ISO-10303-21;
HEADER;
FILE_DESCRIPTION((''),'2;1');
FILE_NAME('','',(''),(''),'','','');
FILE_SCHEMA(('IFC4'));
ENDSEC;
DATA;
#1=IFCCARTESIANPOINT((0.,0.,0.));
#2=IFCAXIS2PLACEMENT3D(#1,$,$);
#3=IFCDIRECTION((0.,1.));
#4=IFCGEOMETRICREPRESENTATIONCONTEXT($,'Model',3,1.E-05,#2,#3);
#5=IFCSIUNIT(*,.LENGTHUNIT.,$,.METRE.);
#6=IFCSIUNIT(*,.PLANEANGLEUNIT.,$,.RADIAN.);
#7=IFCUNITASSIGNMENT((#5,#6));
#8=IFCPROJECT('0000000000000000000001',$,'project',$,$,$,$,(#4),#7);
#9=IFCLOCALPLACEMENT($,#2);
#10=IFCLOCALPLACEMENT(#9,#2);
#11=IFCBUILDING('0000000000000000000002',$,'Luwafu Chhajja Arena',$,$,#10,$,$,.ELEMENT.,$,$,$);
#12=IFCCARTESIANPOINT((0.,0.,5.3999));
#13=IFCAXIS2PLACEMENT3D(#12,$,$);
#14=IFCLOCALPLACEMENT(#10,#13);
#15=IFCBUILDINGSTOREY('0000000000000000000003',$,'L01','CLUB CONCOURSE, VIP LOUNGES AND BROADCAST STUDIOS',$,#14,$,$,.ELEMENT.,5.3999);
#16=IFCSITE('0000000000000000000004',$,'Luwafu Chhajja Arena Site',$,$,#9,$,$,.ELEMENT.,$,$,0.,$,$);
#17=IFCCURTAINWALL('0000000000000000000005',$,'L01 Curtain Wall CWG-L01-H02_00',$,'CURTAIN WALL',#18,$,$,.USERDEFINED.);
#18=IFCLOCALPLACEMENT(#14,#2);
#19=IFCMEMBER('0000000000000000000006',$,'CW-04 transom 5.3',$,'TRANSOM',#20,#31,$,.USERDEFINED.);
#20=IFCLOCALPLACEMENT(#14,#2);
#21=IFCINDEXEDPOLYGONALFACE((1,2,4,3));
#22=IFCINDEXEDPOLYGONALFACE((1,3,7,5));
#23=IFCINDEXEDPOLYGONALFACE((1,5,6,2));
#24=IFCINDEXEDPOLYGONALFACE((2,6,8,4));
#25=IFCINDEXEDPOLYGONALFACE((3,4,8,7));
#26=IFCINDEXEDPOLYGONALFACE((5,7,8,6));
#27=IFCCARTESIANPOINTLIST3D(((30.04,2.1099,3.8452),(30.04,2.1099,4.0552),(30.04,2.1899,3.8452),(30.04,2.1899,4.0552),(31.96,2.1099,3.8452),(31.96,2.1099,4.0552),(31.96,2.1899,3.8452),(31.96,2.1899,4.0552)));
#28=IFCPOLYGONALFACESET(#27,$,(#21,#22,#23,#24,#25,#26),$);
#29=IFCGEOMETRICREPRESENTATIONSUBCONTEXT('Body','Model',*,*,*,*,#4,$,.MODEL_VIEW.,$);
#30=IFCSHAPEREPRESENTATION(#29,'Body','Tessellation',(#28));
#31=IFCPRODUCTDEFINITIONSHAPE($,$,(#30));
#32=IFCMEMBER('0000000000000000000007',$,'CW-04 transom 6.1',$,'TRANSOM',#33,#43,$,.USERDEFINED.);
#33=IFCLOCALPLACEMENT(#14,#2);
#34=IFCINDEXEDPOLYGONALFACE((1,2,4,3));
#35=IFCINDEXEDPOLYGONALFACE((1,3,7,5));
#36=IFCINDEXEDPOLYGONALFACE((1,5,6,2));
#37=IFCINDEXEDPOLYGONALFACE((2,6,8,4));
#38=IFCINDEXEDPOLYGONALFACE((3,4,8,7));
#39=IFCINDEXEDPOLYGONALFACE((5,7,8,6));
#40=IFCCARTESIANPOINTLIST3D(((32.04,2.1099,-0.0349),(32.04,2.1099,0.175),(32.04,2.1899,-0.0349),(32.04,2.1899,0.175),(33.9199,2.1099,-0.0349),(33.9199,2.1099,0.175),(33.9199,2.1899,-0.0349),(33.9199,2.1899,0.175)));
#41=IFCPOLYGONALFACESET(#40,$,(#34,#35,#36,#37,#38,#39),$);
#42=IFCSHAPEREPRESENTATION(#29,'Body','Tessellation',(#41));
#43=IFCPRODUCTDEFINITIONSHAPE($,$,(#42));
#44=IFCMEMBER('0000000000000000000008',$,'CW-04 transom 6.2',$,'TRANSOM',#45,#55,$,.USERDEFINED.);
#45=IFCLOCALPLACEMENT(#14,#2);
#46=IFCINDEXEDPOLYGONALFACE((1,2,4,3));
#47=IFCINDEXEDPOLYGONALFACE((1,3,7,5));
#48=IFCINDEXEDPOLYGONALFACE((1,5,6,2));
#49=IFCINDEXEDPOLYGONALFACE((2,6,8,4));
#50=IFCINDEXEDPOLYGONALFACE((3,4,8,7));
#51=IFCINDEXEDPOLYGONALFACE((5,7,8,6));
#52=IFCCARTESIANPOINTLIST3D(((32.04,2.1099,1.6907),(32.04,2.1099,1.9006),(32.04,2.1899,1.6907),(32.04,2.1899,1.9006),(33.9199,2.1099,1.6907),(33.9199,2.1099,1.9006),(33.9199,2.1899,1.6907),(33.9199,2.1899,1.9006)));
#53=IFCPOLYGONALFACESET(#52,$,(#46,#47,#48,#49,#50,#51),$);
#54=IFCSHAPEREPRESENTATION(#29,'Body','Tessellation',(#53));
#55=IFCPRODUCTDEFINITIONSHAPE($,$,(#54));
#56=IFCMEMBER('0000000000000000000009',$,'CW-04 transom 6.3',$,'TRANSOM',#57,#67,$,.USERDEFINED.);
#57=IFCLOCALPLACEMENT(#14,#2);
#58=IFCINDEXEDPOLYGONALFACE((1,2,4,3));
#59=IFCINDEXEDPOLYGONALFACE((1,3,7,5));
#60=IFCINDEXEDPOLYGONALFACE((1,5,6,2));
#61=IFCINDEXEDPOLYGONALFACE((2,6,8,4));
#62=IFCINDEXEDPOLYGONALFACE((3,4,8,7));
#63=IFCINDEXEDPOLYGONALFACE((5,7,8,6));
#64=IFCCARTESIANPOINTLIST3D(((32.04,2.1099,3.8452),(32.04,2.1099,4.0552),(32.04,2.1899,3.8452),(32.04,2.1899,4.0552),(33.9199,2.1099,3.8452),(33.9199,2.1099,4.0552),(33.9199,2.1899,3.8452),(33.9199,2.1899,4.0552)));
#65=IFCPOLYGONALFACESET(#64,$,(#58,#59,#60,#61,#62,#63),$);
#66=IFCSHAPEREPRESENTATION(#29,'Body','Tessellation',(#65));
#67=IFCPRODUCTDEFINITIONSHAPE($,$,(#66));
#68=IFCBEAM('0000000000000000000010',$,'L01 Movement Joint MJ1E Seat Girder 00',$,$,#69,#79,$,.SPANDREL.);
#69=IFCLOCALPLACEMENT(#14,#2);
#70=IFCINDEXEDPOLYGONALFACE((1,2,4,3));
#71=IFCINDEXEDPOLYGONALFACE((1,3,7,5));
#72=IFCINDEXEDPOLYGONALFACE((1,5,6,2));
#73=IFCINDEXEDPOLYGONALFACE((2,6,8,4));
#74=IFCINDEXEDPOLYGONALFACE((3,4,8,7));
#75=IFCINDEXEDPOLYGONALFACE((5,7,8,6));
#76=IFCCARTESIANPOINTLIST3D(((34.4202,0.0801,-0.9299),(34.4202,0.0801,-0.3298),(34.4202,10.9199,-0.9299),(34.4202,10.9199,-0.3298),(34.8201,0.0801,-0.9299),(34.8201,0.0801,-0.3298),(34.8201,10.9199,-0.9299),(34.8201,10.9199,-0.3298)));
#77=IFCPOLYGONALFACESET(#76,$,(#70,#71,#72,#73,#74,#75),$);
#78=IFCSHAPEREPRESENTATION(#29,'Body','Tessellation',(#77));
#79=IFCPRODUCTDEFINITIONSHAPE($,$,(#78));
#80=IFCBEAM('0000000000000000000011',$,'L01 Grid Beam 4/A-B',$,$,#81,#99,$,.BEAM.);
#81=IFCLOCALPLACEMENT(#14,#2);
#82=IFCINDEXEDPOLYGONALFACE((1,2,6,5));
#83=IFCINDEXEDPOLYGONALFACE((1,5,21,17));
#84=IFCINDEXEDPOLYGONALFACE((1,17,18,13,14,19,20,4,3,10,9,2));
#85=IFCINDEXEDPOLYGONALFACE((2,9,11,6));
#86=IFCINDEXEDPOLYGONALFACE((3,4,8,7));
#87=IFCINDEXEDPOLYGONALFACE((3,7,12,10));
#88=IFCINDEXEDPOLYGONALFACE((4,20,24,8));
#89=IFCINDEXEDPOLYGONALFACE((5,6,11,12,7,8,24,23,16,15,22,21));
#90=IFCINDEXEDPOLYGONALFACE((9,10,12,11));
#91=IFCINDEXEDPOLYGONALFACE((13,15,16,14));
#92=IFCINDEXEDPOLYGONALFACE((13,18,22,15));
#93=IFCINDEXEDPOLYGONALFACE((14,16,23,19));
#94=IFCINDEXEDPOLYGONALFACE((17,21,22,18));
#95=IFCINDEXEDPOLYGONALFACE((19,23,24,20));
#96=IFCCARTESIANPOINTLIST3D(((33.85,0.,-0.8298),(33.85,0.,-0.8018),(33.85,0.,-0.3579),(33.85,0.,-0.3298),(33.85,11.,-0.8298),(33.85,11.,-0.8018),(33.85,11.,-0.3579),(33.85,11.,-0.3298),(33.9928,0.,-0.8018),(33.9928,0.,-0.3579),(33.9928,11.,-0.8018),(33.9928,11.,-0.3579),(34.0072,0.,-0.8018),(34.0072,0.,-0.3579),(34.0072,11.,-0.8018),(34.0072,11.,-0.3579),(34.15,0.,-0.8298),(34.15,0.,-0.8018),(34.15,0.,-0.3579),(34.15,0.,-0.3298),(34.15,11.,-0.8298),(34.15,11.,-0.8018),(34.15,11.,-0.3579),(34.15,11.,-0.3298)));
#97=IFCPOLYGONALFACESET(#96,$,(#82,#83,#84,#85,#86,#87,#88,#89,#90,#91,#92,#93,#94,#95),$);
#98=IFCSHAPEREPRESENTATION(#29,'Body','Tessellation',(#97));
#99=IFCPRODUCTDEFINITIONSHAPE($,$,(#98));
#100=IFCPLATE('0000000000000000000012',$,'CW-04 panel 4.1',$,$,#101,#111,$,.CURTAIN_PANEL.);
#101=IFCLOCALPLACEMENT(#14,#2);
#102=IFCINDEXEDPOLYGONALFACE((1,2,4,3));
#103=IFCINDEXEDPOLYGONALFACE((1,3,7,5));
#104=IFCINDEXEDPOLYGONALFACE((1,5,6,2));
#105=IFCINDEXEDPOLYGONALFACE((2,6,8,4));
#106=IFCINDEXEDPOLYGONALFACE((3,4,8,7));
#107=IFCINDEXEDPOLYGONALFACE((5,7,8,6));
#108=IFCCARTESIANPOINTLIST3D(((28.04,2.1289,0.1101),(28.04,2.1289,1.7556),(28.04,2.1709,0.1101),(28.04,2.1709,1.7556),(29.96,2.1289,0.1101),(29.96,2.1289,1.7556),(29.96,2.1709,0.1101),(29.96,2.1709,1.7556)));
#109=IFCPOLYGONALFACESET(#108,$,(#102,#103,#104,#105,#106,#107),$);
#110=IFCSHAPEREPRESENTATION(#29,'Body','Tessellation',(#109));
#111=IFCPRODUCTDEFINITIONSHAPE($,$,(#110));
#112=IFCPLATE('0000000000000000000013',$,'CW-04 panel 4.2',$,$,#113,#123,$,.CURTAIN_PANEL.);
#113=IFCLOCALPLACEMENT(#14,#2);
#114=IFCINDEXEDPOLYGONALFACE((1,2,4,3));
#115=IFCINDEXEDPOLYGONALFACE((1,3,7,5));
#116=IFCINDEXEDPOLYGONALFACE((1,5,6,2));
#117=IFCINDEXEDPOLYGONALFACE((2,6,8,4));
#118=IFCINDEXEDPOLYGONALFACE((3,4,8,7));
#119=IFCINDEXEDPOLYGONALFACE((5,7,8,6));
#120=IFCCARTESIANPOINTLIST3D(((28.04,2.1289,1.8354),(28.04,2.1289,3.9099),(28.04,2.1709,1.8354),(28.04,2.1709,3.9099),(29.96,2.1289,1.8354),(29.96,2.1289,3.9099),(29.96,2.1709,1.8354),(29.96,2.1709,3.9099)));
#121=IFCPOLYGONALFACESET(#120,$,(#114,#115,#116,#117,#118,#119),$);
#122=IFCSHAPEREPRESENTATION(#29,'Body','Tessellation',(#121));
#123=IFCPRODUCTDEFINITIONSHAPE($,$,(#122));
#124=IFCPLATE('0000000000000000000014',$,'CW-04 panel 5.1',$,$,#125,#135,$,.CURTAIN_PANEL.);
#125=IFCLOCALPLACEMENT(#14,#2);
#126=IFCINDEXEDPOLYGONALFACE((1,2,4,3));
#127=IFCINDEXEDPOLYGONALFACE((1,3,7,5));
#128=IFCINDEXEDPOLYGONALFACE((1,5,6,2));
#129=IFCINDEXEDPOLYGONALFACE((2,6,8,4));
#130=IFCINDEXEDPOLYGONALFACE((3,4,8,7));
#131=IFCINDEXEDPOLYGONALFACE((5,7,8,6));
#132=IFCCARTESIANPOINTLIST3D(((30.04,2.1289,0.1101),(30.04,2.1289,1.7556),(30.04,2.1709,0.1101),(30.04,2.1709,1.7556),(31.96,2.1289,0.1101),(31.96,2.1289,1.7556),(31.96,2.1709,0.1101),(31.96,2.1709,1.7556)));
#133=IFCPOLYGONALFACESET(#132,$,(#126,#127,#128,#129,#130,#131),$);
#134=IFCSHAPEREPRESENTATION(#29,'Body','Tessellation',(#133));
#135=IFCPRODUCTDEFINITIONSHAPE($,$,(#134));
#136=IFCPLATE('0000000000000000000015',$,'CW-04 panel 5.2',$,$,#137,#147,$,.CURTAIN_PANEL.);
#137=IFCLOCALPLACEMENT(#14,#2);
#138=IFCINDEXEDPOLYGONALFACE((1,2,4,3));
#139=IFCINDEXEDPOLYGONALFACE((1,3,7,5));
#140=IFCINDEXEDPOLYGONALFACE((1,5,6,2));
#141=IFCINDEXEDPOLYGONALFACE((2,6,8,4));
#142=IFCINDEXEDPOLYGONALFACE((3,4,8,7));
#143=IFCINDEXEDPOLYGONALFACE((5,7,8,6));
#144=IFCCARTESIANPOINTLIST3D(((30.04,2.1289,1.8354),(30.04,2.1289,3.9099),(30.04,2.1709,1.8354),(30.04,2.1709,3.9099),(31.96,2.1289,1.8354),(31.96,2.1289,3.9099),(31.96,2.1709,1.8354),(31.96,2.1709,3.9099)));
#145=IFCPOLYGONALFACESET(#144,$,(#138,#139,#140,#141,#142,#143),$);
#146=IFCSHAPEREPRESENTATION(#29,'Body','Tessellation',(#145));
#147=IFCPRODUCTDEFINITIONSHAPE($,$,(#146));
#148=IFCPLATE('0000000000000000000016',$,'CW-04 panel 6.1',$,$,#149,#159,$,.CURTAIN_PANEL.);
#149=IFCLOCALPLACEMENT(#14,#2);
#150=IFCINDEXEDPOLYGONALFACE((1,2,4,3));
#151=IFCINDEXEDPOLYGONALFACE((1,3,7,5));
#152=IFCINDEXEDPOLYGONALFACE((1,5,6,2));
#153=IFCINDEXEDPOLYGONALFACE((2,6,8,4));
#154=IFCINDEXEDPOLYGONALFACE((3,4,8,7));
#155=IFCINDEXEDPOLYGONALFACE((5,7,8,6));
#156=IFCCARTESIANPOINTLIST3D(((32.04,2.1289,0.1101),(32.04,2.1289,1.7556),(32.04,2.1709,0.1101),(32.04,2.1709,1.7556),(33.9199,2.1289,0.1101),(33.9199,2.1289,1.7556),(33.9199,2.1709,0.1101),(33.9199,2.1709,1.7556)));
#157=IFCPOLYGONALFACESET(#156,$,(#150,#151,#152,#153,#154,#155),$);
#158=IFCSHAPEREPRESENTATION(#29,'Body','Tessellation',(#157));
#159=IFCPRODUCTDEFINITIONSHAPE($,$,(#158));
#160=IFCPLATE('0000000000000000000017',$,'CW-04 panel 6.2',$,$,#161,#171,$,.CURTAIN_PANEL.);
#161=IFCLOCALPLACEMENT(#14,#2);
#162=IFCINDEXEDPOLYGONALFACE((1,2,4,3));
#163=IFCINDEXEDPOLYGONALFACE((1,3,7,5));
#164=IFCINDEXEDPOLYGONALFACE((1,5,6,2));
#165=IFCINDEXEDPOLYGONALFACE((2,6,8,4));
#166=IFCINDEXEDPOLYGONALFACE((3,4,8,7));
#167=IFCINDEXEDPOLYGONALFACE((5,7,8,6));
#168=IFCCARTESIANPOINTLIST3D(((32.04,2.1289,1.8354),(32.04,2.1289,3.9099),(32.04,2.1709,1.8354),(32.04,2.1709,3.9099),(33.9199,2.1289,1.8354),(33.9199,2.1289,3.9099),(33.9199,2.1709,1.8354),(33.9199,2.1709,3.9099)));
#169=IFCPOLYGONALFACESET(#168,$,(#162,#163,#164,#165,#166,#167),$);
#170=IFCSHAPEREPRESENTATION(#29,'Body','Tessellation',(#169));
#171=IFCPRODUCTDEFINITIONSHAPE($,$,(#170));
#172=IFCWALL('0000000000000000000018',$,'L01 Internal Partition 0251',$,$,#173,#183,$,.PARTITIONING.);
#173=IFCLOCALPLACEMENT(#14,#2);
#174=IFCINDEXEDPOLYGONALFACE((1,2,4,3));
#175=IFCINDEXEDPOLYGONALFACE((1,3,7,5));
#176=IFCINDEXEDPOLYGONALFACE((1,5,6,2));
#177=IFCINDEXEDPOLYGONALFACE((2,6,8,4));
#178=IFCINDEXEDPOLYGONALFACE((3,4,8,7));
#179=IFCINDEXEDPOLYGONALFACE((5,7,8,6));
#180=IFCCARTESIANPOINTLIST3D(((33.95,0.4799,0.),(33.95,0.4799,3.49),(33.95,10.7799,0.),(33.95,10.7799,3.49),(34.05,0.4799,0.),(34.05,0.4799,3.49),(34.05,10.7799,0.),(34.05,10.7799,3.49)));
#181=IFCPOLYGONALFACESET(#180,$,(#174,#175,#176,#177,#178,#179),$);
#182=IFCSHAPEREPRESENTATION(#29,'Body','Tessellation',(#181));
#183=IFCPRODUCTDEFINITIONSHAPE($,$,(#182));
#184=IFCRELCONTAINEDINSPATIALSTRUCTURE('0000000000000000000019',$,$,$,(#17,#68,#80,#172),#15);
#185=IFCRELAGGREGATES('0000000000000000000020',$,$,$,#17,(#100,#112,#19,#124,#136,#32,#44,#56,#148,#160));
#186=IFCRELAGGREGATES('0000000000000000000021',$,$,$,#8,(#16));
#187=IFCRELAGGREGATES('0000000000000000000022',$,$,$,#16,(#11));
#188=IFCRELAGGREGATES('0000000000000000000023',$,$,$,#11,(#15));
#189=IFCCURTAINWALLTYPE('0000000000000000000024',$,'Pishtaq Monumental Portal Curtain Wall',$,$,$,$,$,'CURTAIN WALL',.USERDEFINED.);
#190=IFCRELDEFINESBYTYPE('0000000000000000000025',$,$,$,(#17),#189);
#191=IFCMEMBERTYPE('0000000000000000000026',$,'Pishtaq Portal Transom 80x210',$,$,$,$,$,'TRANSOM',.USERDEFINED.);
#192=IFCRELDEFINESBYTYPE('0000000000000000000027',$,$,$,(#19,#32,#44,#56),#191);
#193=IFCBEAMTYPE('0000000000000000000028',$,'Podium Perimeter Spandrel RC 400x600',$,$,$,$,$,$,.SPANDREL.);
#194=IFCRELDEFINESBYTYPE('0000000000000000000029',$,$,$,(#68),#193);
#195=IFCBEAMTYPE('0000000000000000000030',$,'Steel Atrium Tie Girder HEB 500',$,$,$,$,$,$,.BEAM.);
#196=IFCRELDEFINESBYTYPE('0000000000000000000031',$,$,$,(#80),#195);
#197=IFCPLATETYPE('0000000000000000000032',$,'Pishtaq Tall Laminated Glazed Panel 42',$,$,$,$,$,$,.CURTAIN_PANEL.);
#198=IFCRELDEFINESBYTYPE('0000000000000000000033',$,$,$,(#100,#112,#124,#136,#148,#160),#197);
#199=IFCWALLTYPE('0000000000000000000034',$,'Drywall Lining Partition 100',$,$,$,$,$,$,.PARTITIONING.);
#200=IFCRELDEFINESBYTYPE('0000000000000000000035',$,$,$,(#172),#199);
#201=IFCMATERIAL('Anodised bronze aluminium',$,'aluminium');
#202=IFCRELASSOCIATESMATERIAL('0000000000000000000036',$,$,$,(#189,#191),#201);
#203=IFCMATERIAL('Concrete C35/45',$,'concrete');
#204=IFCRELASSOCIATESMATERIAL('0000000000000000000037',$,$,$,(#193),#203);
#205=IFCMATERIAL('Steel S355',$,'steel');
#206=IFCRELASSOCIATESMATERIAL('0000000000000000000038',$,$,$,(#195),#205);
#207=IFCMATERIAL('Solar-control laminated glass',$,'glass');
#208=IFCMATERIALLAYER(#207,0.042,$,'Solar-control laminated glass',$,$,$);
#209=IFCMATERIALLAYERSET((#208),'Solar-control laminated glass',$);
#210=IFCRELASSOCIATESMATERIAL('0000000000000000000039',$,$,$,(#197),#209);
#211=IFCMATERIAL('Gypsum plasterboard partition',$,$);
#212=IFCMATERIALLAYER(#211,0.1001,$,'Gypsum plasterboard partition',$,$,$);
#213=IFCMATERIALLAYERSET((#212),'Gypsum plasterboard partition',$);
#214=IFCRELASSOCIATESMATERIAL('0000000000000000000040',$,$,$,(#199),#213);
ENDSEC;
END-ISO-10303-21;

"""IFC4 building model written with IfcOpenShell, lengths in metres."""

from ifc_helpers import new_model, si_unit, direction, frame, frame_2d, origin, origin_2d, place, context, subcontext, project, spatial, rectangle, i_section, extrude, material, layer, layer_set, material_profile, profile_set, type_object, element, aggregate, save


model = new_model("IFC4")

# Units and contexts
model_context = context("Model", 3, precision=1e-05, world=origin(), true_north=direction((0.0, 1.0)))
body_context = subcontext(model_context, "Body", "Model", "MODEL_VIEW")
ifc_project = project(units=[si_unit("LENGTHUNIT", "METRE"), si_unit("PLANEANGLEUNIT", "RADIAN")], contexts=[model_context])

# Site, building, storey
site_placement = place(None, origin())
site = spatial("IfcSite", under=ifc_project, at=site_placement, Name="Luwafu Chhajja Arena Site", CompositionType="ELEMENT", RefElevation=0.0)
building_placement = place(site_placement, origin())
building = spatial("IfcBuilding", under=site, at=building_placement, Name="Luwafu Chhajja Arena", CompositionType="ELEMENT")
storey_placement = place(building_placement, frame((0.0, 0.0, 5.3999)))
storey = spatial("IfcBuildingStorey", under=building, at=storey_placement, Name="L01", Description="CLUB CONCOURSE, VIP LOUNGES AND BROADCAST STUDIOS", CompositionType="ELEMENT", Elevation=5.3999)

# Shared definitions
ifc_material_1 = material(Name="Concrete C35/45", Category="concrete")

# Shared definitions
ifc_material_2 = material(Name="Steel S355", Category="steel")

# Curtain wall, members
ifc_material_3 = material(Name="Anodised bronze aluminium", Category="aluminium")
curtain_wall_type = type_object("IfcCurtainWallType", Name="Pishtaq Monumental Portal Curtain Wall", ElementType="CURTAIN WALL", PredefinedType="USERDEFINED", material=ifc_material_3)
curtain_wall_placement = place(storey_placement, origin())
curtain_wall = element("IfcCurtainWall", 1, at=curtain_wall_placement, inside=storey, type_object=curtain_wall_type, Name="L01 Curtain Wall CWG-L01-H02_00", ObjectType="CURTAIN WALL", PredefinedType="USERDEFINED")
ifc_material_profile_1 = material_profile(ifc_material_3, rectangle(XDim=0.0801, YDim=0.21, at=origin_2d()), Name="CWT 80x210")
ifc_profile_set_1 = profile_set([ifc_material_profile_1], Name="Anodised bronze aluminium")
member_type_1 = type_object("IfcMemberType", Name="Pishtaq Portal Transom 80x210", ElementType="TRANSOM", PredefinedType="USERDEFINED", material=ifc_profile_set_1)
member_1_placement = place(storey_placement, frame((30.04, 2.1499, 3.9502), z_axis=(1.0, 0.0, 0.0), x_axis=(0.0, 1.0, 0.0)))
member_1 = element("IfcMember", 2, at=member_1_placement, type_object=member_type_1, Name="CW-04 transom 5.3", ObjectType="TRANSOM", PredefinedType="USERDEFINED", context=body_context, shape_type="SweptSolid", body=[
    extrude(rectangle(XDim=0.0801, YDim=0.21, at=origin_2d()), origin(), (0.0, 0.0, 1.0), 1.9199),
])
member_2_placement = place(storey_placement, frame((32.04, 2.1499, 0.0701), z_axis=(1.0, 0.0, 0.0), x_axis=(0.0, 1.0, 0.0)))
member_2 = element("IfcMember", 3, at=member_2_placement, type_object=member_type_1, Name="CW-04 transom 6.1", ObjectType="TRANSOM", PredefinedType="USERDEFINED", context=body_context, shape_type="SweptSolid", body=[
    extrude(rectangle(XDim=0.0801, YDim=0.21, at=origin_2d()), origin(), (0.0, 0.0, 1.0), 1.8799),
])
member_3_placement = place(storey_placement, frame((32.04, 2.1499, 1.7957), z_axis=(1.0, 0.0, 0.0), x_axis=(0.0, 1.0, 0.0)))
member_3 = element("IfcMember", 4, at=member_3_placement, type_object=member_type_1, Name="CW-04 transom 6.2", ObjectType="TRANSOM", PredefinedType="USERDEFINED", context=body_context, shape_type="SweptSolid", body=[
    extrude(rectangle(XDim=0.0801, YDim=0.21, at=origin_2d()), origin(), (0.0, 0.0, 1.0), 1.8799),
])
member_4_placement = place(storey_placement, frame((32.04, 2.1499, 3.9502), z_axis=(1.0, 0.0, 0.0), x_axis=(0.0, 1.0, 0.0)))
member_4 = element("IfcMember", 5, at=member_4_placement, type_object=member_type_1, Name="CW-04 transom 6.3", ObjectType="TRANSOM", PredefinedType="USERDEFINED", context=body_context, shape_type="SweptSolid", body=[
    extrude(rectangle(XDim=0.0801, YDim=0.21, at=origin_2d()), origin(), (0.0, 0.0, 1.0), 1.8799),
])

# Beams
ifc_material_profile_2 = material_profile(ifc_material_1, rectangle(XDim=0.3999, YDim=0.6001, at=origin_2d()), Name="RC 400x600")
ifc_profile_set_2 = profile_set([ifc_material_profile_2], Name="Concrete C35/45")
beam_type_1 = type_object("IfcBeamType", Name="Podium Perimeter Spandrel RC 400x600", PredefinedType="SPANDREL", material=ifc_profile_set_2)
beam_1_placement = place(storey_placement, frame((34.6201, 0.0801, -0.6299), z_axis=(0.0, 1.0, 0.0), x_axis=(-1.0, 0.0, 0.0)))
element("IfcBeam", 6, at=beam_1_placement, inside=storey, type_object=beam_type_1, Name="L01 Movement Joint MJ1E Seat Girder 00", PredefinedType="SPANDREL", context=body_context, shape_type="SweptSolid", body=[
    extrude(rectangle(XDim=0.3999, YDim=0.6001, at=origin_2d()), origin(), (0.0, 0.0, 1.0), 10.8398),
])
ifc_material_profile_3 = material_profile(ifc_material_2, i_section(OverallWidth=0.3, OverallDepth=0.5, WebThickness=0.0144, FlangeThickness=0.0281, at=origin_2d()), Name="HEB 500")
ifc_profile_set_3 = profile_set([ifc_material_profile_3], Name="Steel S355")
beam_type_2 = type_object("IfcBeamType", Name="Steel Atrium Tie Girder HEB 500", PredefinedType="BEAM", material=ifc_profile_set_3)
beam_2_placement = place(storey_placement, frame((34.0, 0.0, -0.5798), z_axis=(0.0, 1.0, 0.0), x_axis=(-1.0, 0.0, 0.0)))
element("IfcBeam", 7, at=beam_2_placement, inside=storey, type_object=beam_type_2, Name="L01 Grid Beam 4/A-B", PredefinedType="BEAM", context=body_context, shape_type="SweptSolid", body=[
    extrude(i_section(OverallWidth=0.3, OverallDepth=0.5, WebThickness=0.0144, FlangeThickness=0.0281, at=origin_2d()), origin(), (0.0, 0.0, 1.0), 11.0),
])

# Plates
ifc_material_4 = material(Name="Solar-control laminated glass", Category="glass")
ifc_layer_1 = layer(ifc_material_4, 0.042, Name="Solar-control laminated glass")
ifc_layer_set_1 = layer_set([ifc_layer_1], Name="Solar-control laminated glass")
plate_type = type_object("IfcPlateType", Name="Pishtaq Tall Laminated Glazed Panel 42", PredefinedType="CURTAIN_PANEL", material=ifc_layer_set_1)
plate_1_placement = place(storey_placement, frame((29.0, 2.1499, 0.1101), z_axis=(0.0, 0.0, 1.0), x_axis=(1.0, 0.0, 0.0)))
plate_1 = element("IfcPlate", 8, at=plate_1_placement, type_object=plate_type, Name="CW-04 panel 4.1", PredefinedType="CURTAIN_PANEL", context=body_context, shape_type="SweptSolid", body=[
    extrude(rectangle(XDim=1.9199, YDim=0.042, at=origin_2d()), origin(), (0.0, 0.0, 1.0), 1.6455),
])
plate_2_placement = place(storey_placement, frame((29.0, 2.1499, 1.8354), z_axis=(0.0, 0.0, 1.0), x_axis=(1.0, 0.0, 0.0)))
plate_2 = element("IfcPlate", 9, at=plate_2_placement, type_object=plate_type, Name="CW-04 panel 4.2", PredefinedType="CURTAIN_PANEL", context=body_context, shape_type="SweptSolid", body=[
    extrude(rectangle(XDim=1.9199, YDim=0.042, at=origin_2d()), origin(), (0.0, 0.0, 1.0), 2.0745),
])
plate_3_placement = place(storey_placement, frame((31.0, 2.1499, 0.1101), z_axis=(0.0, 0.0, 1.0), x_axis=(1.0, 0.0, 0.0)))
plate_3 = element("IfcPlate", 10, at=plate_3_placement, type_object=plate_type, Name="CW-04 panel 5.1", PredefinedType="CURTAIN_PANEL", context=body_context, shape_type="SweptSolid", body=[
    extrude(rectangle(XDim=1.9199, YDim=0.042, at=origin_2d()), origin(), (0.0, 0.0, 1.0), 1.6455),
])
plate_4_placement = place(storey_placement, frame((31.0, 2.1499, 1.8354), z_axis=(0.0, 0.0, 1.0), x_axis=(1.0, 0.0, 0.0)))
plate_4 = element("IfcPlate", 11, at=plate_4_placement, type_object=plate_type, Name="CW-04 panel 5.2", PredefinedType="CURTAIN_PANEL", context=body_context, shape_type="SweptSolid", body=[
    extrude(rectangle(XDim=1.9199, YDim=0.042, at=origin_2d()), origin(), (0.0, 0.0, 1.0), 2.0745),
])
plate_5_placement = place(storey_placement, frame((32.98, 2.1499, 0.1101), z_axis=(0.0, 0.0, 1.0), x_axis=(1.0, 0.0, 0.0)))
plate_5 = element("IfcPlate", 12, at=plate_5_placement, type_object=plate_type, Name="CW-04 panel 6.1", PredefinedType="CURTAIN_PANEL", context=body_context, shape_type="SweptSolid", body=[
    extrude(rectangle(XDim=1.8799, YDim=0.042, at=origin_2d()), origin(), (0.0, 0.0, 1.0), 1.6455),
])
plate_6_placement = place(storey_placement, frame((32.98, 2.1499, 1.8354), z_axis=(0.0, 0.0, 1.0), x_axis=(1.0, 0.0, 0.0)))
plate_6 = element("IfcPlate", 13, at=plate_6_placement, type_object=plate_type, Name="CW-04 panel 6.2", PredefinedType="CURTAIN_PANEL", context=body_context, shape_type="SweptSolid", body=[
    extrude(rectangle(XDim=1.8799, YDim=0.042, at=origin_2d()), origin(), (0.0, 0.0, 1.0), 2.0745),
])
aggregate(curtain_wall, [plate_1, plate_2, member_1, plate_3, plate_4, member_2, member_3, member_4, plate_5, plate_6])

# Wall
ifc_material_5 = material(Name="Gypsum plasterboard partition")
ifc_layer_2 = layer(ifc_material_5, 0.1001, Name="Gypsum plasterboard partition")
ifc_layer_set_2 = layer_set([ifc_layer_2], Name="Gypsum plasterboard partition")
wall_type_1 = type_object("IfcWallType", Name="Drywall Lining Partition 100", PredefinedType="PARTITIONING", material=ifc_layer_set_2)
wall_1_placement = place(storey_placement, frame((34.0, 0.48, 0.0), z_axis=(0.0, 0.0, 1.0), x_axis=(0.0, 1.0, 0.0)))
element("IfcWall", 14, at=wall_1_placement, inside=storey, type_object=wall_type_1, Name="L01 Internal Partition 0251", PredefinedType="PARTITIONING", context=body_context, shape_type="SweptSolid", body=[
    extrude(rectangle(XDim=10.3, YDim=0.1001, at=frame_2d((5.1499, 0.0))), origin(), (0.0, 0.0, 1.0), 3.49),
])

save(model, "model.ifc")
